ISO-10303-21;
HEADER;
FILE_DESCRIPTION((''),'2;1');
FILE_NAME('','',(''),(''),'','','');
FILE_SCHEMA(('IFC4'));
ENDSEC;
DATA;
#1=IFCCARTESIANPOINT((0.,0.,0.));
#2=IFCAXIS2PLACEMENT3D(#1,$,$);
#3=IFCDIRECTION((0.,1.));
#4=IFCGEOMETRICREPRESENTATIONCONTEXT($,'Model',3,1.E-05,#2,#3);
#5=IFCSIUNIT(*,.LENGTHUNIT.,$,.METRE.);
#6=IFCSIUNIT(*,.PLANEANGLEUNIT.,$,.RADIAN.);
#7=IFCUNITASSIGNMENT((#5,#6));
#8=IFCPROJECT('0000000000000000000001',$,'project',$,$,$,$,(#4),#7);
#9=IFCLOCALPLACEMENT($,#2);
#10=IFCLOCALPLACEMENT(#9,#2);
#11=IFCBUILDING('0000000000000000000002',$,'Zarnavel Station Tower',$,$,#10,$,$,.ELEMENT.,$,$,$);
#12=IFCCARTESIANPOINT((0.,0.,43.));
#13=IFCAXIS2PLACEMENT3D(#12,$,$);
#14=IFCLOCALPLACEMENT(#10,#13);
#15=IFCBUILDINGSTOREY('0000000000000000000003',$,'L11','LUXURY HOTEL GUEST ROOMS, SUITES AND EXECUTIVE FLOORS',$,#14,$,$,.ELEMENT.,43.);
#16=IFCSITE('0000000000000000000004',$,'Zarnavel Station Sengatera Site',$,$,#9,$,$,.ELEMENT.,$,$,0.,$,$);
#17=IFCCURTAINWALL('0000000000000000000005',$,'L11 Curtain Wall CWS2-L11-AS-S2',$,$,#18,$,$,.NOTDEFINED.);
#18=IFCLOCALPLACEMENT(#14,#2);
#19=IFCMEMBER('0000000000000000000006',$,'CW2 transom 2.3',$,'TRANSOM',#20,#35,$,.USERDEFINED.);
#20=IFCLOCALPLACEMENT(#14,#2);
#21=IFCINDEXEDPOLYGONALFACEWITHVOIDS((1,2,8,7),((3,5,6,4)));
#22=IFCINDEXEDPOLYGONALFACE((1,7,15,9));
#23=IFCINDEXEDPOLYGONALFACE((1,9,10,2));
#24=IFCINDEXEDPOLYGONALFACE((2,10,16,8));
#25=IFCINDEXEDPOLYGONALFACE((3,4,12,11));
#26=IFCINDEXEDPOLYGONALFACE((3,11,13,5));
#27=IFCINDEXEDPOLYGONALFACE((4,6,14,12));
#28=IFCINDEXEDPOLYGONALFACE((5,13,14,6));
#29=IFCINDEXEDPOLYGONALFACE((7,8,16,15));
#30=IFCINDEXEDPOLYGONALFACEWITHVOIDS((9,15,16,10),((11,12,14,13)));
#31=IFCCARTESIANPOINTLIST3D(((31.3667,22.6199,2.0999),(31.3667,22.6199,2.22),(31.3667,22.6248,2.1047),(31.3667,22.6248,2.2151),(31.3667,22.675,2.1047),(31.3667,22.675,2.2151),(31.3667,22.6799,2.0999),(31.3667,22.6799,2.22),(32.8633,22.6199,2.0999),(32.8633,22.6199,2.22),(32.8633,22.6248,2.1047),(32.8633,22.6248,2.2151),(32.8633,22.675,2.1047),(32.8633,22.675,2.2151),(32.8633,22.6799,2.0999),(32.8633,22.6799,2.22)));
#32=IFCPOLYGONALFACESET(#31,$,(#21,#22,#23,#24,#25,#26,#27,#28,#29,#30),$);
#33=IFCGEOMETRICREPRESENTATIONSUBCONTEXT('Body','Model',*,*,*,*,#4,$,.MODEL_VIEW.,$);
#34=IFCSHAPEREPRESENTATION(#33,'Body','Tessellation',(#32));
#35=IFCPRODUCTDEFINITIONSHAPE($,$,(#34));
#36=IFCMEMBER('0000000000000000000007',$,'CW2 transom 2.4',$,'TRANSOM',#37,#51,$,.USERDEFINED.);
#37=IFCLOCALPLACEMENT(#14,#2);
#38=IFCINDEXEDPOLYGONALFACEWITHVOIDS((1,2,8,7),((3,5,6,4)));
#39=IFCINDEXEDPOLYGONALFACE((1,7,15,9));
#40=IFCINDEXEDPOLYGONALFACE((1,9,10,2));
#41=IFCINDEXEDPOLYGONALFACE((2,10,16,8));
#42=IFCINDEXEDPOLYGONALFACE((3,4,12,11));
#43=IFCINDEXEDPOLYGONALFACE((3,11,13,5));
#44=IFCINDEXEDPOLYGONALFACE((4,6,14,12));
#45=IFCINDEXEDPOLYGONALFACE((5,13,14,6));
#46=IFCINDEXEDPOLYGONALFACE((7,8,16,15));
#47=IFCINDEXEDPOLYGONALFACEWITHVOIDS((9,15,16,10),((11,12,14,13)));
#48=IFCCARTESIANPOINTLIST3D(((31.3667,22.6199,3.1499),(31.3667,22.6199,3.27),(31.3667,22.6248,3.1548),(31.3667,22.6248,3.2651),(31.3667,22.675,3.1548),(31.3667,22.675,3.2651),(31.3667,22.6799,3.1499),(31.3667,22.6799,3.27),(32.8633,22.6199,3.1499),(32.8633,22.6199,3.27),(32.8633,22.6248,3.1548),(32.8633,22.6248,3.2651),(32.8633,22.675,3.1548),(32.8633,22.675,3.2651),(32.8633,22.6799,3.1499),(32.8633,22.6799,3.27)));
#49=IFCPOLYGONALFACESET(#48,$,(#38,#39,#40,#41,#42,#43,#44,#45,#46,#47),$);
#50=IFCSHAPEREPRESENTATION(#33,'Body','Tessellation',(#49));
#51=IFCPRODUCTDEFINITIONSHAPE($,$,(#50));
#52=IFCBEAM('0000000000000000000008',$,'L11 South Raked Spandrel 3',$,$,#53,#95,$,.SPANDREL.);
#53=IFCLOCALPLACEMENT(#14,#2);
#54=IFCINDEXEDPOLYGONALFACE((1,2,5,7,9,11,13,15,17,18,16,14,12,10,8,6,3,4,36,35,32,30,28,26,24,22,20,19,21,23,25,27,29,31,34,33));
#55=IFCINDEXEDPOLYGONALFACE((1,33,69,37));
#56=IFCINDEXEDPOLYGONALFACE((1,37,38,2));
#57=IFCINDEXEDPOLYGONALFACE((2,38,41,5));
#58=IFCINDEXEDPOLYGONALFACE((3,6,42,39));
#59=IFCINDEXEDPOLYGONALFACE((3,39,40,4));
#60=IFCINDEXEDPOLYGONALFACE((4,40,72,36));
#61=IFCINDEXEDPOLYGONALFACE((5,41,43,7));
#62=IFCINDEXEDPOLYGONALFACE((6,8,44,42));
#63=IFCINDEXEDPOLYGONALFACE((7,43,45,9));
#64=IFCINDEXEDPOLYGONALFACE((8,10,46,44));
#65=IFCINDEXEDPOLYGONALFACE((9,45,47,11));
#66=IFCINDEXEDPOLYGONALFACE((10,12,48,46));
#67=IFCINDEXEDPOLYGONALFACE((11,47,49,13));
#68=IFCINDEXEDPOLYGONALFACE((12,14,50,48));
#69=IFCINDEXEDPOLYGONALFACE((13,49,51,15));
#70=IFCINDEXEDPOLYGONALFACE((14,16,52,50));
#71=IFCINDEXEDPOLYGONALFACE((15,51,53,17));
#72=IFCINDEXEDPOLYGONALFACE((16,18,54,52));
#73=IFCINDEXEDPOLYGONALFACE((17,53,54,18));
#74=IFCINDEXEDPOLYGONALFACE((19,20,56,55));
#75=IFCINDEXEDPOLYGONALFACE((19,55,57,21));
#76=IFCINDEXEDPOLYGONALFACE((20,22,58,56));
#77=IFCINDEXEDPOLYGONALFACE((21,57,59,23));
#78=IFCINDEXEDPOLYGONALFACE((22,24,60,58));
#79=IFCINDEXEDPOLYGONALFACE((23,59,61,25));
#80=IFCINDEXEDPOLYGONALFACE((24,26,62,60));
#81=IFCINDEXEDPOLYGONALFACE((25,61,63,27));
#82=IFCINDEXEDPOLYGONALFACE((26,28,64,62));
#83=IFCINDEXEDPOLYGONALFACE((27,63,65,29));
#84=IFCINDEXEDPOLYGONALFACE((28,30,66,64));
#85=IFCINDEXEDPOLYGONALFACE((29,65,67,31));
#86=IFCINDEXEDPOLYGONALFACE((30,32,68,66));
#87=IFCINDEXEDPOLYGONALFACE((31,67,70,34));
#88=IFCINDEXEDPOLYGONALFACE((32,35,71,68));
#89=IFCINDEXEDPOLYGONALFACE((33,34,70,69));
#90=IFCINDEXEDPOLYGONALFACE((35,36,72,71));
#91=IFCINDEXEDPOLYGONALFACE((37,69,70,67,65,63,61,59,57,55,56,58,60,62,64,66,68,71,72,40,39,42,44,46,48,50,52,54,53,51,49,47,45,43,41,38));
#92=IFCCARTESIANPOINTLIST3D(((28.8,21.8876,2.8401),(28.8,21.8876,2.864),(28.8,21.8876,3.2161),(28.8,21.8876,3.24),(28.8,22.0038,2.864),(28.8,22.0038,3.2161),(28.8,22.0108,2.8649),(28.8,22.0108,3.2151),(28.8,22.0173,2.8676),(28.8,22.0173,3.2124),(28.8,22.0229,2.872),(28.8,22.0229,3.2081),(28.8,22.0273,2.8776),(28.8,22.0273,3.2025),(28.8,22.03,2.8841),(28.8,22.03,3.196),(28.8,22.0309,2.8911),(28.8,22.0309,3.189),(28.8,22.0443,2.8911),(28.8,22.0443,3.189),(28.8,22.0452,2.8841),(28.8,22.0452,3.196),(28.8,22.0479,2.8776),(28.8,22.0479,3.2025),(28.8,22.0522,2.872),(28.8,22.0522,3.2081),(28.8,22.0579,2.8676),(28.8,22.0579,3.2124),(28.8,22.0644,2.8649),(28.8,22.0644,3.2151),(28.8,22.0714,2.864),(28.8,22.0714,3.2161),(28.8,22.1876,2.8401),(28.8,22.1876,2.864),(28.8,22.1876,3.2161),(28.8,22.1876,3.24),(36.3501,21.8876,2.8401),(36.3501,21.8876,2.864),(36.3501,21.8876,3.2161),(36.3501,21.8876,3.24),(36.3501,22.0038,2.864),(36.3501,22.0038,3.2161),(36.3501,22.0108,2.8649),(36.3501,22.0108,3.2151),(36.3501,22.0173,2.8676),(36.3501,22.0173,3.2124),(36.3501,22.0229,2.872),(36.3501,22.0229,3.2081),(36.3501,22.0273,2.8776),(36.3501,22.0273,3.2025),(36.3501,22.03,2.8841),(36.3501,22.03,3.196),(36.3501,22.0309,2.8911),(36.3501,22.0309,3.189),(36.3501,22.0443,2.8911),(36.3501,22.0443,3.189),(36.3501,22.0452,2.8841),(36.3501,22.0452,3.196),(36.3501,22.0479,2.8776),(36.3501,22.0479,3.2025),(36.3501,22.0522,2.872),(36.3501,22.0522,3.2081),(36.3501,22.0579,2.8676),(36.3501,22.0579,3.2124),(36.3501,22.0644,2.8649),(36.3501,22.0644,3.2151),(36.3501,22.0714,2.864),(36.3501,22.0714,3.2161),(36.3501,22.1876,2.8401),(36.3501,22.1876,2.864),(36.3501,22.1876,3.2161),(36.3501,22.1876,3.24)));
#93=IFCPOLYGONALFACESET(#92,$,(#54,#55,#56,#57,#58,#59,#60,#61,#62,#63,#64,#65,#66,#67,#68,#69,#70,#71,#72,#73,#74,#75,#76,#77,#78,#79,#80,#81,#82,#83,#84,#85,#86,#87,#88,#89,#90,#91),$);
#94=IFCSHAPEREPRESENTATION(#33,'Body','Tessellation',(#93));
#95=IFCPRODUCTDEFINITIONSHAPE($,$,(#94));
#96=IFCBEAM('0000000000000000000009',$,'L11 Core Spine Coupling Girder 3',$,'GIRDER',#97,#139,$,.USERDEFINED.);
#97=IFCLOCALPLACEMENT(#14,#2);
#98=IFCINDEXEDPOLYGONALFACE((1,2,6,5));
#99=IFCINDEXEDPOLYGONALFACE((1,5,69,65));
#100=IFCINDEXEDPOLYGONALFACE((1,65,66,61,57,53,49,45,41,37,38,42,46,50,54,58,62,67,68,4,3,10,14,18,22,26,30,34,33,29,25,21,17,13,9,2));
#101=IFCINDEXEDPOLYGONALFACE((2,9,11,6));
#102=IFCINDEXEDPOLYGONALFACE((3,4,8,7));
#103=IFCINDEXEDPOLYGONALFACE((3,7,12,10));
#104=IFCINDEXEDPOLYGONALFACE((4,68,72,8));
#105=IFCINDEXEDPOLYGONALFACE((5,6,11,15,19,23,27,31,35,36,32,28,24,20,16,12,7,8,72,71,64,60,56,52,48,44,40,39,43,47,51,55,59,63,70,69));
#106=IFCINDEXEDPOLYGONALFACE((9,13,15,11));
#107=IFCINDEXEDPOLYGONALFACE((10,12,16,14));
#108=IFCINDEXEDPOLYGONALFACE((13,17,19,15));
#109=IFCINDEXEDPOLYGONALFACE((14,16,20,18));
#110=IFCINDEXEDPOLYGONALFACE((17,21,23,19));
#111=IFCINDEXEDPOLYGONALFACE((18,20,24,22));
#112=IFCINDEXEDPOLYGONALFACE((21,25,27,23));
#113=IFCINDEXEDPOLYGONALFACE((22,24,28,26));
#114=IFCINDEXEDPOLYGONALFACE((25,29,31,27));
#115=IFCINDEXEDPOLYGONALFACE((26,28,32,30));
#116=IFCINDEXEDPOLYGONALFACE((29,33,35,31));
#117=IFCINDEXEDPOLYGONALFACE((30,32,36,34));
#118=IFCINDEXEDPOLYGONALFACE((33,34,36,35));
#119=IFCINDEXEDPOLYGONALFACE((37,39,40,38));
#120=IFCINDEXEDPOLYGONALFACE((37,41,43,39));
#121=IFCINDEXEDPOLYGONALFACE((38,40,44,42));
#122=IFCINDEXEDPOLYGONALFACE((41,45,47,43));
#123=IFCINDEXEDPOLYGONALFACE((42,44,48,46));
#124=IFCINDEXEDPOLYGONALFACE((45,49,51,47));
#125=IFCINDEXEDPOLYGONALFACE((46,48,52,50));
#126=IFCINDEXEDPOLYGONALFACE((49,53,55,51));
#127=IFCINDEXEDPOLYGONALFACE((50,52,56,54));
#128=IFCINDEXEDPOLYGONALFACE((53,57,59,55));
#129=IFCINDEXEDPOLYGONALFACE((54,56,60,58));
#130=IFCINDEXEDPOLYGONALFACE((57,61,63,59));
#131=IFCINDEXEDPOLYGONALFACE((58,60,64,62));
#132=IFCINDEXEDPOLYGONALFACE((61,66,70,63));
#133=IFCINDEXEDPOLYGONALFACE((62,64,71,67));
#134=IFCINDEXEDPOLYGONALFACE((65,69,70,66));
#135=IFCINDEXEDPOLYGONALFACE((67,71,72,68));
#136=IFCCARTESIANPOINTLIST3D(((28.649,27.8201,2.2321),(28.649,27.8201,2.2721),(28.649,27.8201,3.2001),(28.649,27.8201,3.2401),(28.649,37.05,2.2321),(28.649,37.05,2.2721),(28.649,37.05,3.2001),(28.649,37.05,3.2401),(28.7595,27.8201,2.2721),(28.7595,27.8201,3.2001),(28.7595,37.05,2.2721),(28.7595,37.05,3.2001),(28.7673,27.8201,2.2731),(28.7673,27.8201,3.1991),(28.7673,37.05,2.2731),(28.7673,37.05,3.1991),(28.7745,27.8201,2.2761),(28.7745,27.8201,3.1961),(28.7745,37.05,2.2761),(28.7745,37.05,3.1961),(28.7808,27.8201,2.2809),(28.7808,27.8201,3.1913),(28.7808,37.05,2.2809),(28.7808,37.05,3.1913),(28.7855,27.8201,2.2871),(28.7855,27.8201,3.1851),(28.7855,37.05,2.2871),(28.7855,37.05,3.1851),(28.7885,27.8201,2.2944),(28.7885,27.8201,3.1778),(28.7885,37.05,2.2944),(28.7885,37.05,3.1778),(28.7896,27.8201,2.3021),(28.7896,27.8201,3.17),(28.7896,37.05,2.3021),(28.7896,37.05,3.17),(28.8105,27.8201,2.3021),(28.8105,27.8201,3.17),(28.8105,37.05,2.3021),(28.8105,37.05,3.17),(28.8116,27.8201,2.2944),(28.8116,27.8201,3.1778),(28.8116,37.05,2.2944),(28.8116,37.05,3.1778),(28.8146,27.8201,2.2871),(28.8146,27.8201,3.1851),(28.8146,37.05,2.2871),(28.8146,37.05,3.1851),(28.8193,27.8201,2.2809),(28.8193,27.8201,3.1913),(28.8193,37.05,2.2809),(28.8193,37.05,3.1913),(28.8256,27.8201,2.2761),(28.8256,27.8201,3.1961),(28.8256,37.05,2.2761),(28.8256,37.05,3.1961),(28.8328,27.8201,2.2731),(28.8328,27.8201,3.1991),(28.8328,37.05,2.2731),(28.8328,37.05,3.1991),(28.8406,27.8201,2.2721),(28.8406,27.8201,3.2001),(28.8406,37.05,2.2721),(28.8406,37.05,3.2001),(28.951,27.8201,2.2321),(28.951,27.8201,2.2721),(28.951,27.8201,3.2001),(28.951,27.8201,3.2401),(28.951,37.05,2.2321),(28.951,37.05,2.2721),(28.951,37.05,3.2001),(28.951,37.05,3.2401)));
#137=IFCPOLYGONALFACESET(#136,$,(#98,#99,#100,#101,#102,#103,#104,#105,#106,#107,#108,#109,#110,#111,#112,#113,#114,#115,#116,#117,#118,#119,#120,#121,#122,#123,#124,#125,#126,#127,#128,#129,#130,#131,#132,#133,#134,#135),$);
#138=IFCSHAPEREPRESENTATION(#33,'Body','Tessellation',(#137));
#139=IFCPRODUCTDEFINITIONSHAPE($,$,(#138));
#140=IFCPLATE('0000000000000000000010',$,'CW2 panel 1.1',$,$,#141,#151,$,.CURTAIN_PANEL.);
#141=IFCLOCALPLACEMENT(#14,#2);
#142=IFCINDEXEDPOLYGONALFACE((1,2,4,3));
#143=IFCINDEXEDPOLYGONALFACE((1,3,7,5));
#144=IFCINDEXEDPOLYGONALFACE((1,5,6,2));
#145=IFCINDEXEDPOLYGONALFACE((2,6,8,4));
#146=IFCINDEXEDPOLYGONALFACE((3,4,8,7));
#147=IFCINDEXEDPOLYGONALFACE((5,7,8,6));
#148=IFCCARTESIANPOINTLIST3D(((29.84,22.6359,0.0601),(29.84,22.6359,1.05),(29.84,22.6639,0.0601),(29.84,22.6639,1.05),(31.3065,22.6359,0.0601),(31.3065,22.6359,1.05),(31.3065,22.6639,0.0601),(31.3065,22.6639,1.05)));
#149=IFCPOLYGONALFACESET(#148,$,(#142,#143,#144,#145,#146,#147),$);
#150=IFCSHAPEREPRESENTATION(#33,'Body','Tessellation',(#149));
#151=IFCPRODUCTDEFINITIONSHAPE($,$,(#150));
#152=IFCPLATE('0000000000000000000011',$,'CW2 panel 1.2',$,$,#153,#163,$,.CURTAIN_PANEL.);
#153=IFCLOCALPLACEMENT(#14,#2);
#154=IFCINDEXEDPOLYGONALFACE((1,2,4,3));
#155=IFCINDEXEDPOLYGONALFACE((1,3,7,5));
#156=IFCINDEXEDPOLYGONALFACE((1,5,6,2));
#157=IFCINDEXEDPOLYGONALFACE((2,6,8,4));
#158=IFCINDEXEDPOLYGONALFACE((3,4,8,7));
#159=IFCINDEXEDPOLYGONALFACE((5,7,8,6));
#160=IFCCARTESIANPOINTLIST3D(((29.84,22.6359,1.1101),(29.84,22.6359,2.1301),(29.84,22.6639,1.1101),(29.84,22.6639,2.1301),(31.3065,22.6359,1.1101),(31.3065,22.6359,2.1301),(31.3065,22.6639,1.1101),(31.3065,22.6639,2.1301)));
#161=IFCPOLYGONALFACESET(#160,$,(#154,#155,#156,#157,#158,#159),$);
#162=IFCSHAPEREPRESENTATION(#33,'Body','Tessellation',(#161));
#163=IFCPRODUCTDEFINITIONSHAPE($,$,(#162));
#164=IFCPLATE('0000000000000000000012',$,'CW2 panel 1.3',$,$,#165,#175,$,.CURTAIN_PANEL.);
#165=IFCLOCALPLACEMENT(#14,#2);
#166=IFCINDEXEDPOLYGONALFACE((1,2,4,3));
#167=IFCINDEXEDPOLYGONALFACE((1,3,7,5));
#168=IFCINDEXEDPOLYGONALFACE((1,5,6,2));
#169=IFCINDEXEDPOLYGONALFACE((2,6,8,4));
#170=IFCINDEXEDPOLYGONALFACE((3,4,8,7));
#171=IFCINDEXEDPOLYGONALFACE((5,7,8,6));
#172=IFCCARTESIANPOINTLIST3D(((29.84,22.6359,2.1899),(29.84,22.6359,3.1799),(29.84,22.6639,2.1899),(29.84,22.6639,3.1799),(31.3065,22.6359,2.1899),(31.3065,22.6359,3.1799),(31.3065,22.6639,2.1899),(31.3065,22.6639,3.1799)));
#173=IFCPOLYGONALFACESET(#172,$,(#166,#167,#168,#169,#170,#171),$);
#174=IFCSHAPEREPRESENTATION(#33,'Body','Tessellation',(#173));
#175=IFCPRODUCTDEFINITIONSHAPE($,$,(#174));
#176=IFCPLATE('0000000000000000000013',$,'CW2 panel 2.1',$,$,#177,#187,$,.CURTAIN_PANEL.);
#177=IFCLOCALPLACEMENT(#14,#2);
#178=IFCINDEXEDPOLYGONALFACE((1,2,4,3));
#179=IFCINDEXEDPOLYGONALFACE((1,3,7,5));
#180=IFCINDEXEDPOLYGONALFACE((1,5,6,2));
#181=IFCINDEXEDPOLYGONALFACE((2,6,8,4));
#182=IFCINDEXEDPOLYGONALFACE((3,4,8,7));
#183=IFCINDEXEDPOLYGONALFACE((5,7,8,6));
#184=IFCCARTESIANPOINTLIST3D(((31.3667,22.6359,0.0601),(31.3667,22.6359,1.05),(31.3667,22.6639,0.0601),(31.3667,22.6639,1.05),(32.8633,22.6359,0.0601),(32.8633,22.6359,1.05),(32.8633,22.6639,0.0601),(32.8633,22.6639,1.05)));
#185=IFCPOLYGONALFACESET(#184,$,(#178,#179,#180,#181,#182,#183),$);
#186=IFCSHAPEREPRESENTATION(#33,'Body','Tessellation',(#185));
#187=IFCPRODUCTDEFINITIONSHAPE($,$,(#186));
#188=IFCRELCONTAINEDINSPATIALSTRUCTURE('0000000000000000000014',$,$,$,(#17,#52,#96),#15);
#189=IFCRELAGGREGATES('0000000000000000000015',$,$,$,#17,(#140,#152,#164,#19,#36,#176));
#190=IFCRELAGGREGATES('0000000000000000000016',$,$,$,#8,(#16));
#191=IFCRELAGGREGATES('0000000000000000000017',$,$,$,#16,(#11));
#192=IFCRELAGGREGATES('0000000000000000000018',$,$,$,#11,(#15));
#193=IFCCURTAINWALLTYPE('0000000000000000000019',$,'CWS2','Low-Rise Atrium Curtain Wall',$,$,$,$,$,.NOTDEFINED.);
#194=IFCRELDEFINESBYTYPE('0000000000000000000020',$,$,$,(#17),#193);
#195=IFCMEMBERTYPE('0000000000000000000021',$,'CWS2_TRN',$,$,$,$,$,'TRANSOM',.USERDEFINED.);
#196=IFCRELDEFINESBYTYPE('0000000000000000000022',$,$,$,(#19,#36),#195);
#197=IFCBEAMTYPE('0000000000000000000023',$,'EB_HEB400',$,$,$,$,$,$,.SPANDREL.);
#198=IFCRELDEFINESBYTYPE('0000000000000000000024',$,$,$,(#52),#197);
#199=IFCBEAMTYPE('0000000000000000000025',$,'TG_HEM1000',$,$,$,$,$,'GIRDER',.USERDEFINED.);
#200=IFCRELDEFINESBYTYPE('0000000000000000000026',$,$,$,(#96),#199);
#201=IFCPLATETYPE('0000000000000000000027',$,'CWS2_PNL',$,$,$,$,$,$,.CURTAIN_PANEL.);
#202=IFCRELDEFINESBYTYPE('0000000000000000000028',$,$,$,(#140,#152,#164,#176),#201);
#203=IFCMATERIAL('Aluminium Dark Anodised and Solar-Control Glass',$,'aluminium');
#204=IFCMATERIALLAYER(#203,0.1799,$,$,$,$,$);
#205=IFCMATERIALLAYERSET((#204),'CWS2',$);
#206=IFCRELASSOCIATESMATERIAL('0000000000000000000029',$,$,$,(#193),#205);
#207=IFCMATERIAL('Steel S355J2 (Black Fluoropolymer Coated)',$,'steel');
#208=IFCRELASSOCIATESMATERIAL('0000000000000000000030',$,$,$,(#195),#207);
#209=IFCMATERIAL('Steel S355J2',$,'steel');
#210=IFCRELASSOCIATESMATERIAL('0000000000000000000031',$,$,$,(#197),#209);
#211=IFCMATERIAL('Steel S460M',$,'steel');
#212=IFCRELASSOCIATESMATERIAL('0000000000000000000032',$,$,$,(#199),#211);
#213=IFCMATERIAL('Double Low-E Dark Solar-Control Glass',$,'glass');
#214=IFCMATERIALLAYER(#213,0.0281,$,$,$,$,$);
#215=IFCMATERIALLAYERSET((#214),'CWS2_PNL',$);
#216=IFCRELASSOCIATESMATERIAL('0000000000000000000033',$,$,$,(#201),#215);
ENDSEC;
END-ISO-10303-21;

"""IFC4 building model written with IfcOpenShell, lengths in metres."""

from ifc_helpers import new_model, si_unit, direction, frame, origin, origin_2d, place, context, subcontext, project, spatial, rectangle, hollow_rectangle, i_section, extrude, material, layer, layer_set, material_profile, profile_set, type_object, element, aggregate, save


model = new_model("IFC4")

# Units and contexts
model_context = context("Model", 3, precision=1e-05, world=origin(), true_north=direction((0.0, 1.0)))
body_context = subcontext(model_context, "Body", "Model", "MODEL_VIEW")
ifc_project = project(units=[si_unit("LENGTHUNIT", "METRE"), si_unit("PLANEANGLEUNIT", "RADIAN")], contexts=[model_context])

# Site, building, storey
site_placement = place(None, origin())
site = spatial("IfcSite", under=ifc_project, at=site_placement, Name="Zarnavel Station Sengatera Site", CompositionType="ELEMENT", RefElevation=0.0)
building_placement = place(site_placement, origin())
building = spatial("IfcBuilding", under=site, at=building_placement, Name="Zarnavel Station Tower", CompositionType="ELEMENT")
storey_placement = place(building_placement, frame((0.0, 0.0, 43.0)))
storey = spatial("IfcBuildingStorey", under=building, at=storey_placement, Name="L11", Description="LUXURY HOTEL GUEST ROOMS, SUITES AND EXECUTIVE FLOORS", CompositionType="ELEMENT", Elevation=43.0)

# Shared definitions
ifc_material_1 = material(Name="Aluminium Dark Anodised and Solar-Control Glass", Category="aluminium")
ifc_layer_1 = layer(ifc_material_1, 0.1799)
ifc_layer_set_1 = layer_set([ifc_layer_1], Name="CWS2")
curtain_wall_type = type_object("IfcCurtainWallType", Name="CWS2", Description="Low-Rise Atrium Curtain Wall", PredefinedType="NOTDEFINED", material=ifc_layer_set_1)

# Curtain wall, members
curtain_wall_1_placement = place(storey_placement, origin())
curtain_wall_1 = element("IfcCurtainWall", 1, at=curtain_wall_1_placement, inside=storey, type_object=curtain_wall_type, Name="L11 Curtain Wall CWS2-L11-AS-S2", PredefinedType="NOTDEFINED")
ifc_material_2 = material(Name="Steel S355J2 (Black Fluoropolymer Coated)", Category="steel")
ifc_material_profile_1 = material_profile(ifc_material_2, hollow_rectangle(XDim=0.0601, YDim=0.1201, WallThickness=0.0049, at=origin_2d()), Name="RHS120x60x5")
ifc_profile_set_1 = profile_set([ifc_material_profile_1], Name="Steel S355J2 (Black Fluoropolymer Coated)")
member_type_1 = type_object("IfcMemberType", Name="CWS2_TRN", ElementType="TRANSOM", PredefinedType="USERDEFINED", material=ifc_profile_set_1)
member_1_placement = place(storey_placement, frame((31.3667, 22.6499, 2.1599), z_axis=(1.0, 0.0, 0.0), x_axis=(0.0, 1.0, 0.0)))
member_1 = element("IfcMember", 2, at=member_1_placement, type_object=member_type_1, Name="CW2 transom 2.3", ObjectType="TRANSOM", PredefinedType="USERDEFINED", context=body_context, shape_type="SweptSolid", body=[
    extrude(hollow_rectangle(XDim=0.0601, YDim=0.1201, WallThickness=0.0049, at=origin_2d()), origin(), (0.0, 0.0, 1.0), 1.4966),
])
member_2_placement = place(storey_placement, frame((31.3667, 22.6499, 3.21), z_axis=(1.0, 0.0, 0.0), x_axis=(0.0, 1.0, 0.0)))
member_2 = element("IfcMember", 3, at=member_2_placement, type_object=member_type_1, Name="CW2 transom 2.4", ObjectType="TRANSOM", PredefinedType="USERDEFINED", context=body_context, shape_type="SweptSolid", body=[
    extrude(hollow_rectangle(XDim=0.0601, YDim=0.1201, WallThickness=0.0049, at=origin_2d()), origin(), (0.0, 0.0, 1.0), 1.4966),
])

# Beams
ifc_material_3 = material(Name="Steel S355J2", Category="steel")
ifc_material_profile_2 = material_profile(ifc_material_3, i_section(OverallWidth=0.3, OverallDepth=0.3999, WebThickness=0.0134, FlangeThickness=0.0239, FilletRadius=0.0271, at=origin_2d()), Name="HEB400")
ifc_profile_set_2 = profile_set([ifc_material_profile_2], Name="Steel S355J2")
beam_type_1 = type_object("IfcBeamType", Name="EB_HEB400", PredefinedType="SPANDREL", material=ifc_profile_set_2)
beam_1_placement = place(storey_placement, frame((28.8, 22.0376, 3.04), z_axis=(1.0, 0.0, 0.0), x_axis=(0.0, 1.0, 0.0)))
element("IfcBeam", 4, at=beam_1_placement, inside=storey, type_object=beam_type_1, Name="L11 South Raked Spandrel 3", PredefinedType="SPANDREL", context=body_context, shape_type="SweptSolid", body=[
    extrude(i_section(OverallWidth=0.3, OverallDepth=0.3999, WebThickness=0.0134, FlangeThickness=0.0239, FilletRadius=0.0271, at=origin_2d()), origin(), (0.0, 0.0, 1.0), 7.55),
])
ifc_material_4 = material(Name="Steel S460M", Category="steel")
ifc_material_profile_3 = material_profile(ifc_material_4, i_section(OverallWidth=0.302, OverallDepth=1.0081, WebThickness=0.021, FlangeThickness=0.04, FilletRadius=0.03, at=origin_2d()), Name="HEM1000")
ifc_profile_set_3 = profile_set([ifc_material_profile_3], Name="Steel S460M")
beam_type_2 = type_object("IfcBeamType", Name="TG_HEM1000", ElementType="GIRDER", PredefinedType="USERDEFINED", material=ifc_profile_set_3)
beam_2_placement = place(storey_placement, frame((28.8, 27.8201, 2.7361), z_axis=(0.0, 1.0, 0.0), x_axis=(-1.0, 0.0, 0.0)))
element("IfcBeam", 5, at=beam_2_placement, inside=storey, type_object=beam_type_2, Name="L11 Core Spine Coupling Girder 3", ObjectType="GIRDER", PredefinedType="USERDEFINED", context=body_context, shape_type="SweptSolid", body=[
    extrude(i_section(OverallWidth=0.302, OverallDepth=1.0081, WebThickness=0.021, FlangeThickness=0.04, FilletRadius=0.03, at=origin_2d()), origin(), (0.0, 0.0, 1.0), 9.23),
])

# Plates
ifc_material_5 = material(Name="Double Low-E Dark Solar-Control Glass", Category="glass")
ifc_layer_2 = layer(ifc_material_5, 0.0281)
ifc_layer_set_2 = layer_set([ifc_layer_2], Name="CWS2_PNL")
plate_type = type_object("IfcPlateType", Name="CWS2_PNL", PredefinedType="CURTAIN_PANEL", material=ifc_layer_set_2)
plate_1_placement = place(storey_placement, frame((30.5732, 22.6499, 0.0601), z_axis=(0.0, 0.0, 1.0), x_axis=(1.0, 0.0, 0.0)))
plate_1 = element("IfcPlate", 6, at=plate_1_placement, type_object=plate_type, Name="CW2 panel 1.1", PredefinedType="CURTAIN_PANEL", context=body_context, shape_type="SweptSolid", body=[
    extrude(rectangle(XDim=1.4666, YDim=0.0281, at=origin_2d()), origin(), (0.0, 0.0, 1.0), 0.99),
])
plate_2_placement = place(storey_placement, frame((30.5732, 22.6499, 1.1101), z_axis=(0.0, 0.0, 1.0), x_axis=(1.0, 0.0, 0.0)))
plate_2 = element("IfcPlate", 7, at=plate_2_placement, type_object=plate_type, Name="CW2 panel 1.2", PredefinedType="CURTAIN_PANEL", context=body_context, shape_type="SweptSolid", body=[
    extrude(rectangle(XDim=1.4666, YDim=0.0281, at=origin_2d()), origin(), (0.0, 0.0, 1.0), 1.02),
])
plate_3_placement = place(storey_placement, frame((30.5732, 22.6499, 2.1899), z_axis=(0.0, 0.0, 1.0), x_axis=(1.0, 0.0, 0.0)))
plate_3 = element("IfcPlate", 8, at=plate_3_placement, type_object=plate_type, Name="CW2 panel 1.3", PredefinedType="CURTAIN_PANEL", context=body_context, shape_type="SweptSolid", body=[
    extrude(rectangle(XDim=1.4666, YDim=0.0281, at=origin_2d()), origin(), (0.0, 0.0, 1.0), 0.99),
])
plate_4_placement = place(storey_placement, frame((32.115, 22.6499, 0.0601), z_axis=(0.0, 0.0, 1.0), x_axis=(1.0, 0.0, 0.0)))
plate_4 = element("IfcPlate", 9, at=plate_4_placement, type_object=plate_type, Name="CW2 panel 2.1", PredefinedType="CURTAIN_PANEL", context=body_context, shape_type="SweptSolid", body=[
    extrude(rectangle(XDim=1.4966, YDim=0.0281, at=origin_2d()), origin(), (0.0, 0.0, 1.0), 0.99),
])
aggregate(curtain_wall_1, [plate_1, plate_2, plate_3, member_1, member_2, plate_4])

save(model, "model.ifc")
